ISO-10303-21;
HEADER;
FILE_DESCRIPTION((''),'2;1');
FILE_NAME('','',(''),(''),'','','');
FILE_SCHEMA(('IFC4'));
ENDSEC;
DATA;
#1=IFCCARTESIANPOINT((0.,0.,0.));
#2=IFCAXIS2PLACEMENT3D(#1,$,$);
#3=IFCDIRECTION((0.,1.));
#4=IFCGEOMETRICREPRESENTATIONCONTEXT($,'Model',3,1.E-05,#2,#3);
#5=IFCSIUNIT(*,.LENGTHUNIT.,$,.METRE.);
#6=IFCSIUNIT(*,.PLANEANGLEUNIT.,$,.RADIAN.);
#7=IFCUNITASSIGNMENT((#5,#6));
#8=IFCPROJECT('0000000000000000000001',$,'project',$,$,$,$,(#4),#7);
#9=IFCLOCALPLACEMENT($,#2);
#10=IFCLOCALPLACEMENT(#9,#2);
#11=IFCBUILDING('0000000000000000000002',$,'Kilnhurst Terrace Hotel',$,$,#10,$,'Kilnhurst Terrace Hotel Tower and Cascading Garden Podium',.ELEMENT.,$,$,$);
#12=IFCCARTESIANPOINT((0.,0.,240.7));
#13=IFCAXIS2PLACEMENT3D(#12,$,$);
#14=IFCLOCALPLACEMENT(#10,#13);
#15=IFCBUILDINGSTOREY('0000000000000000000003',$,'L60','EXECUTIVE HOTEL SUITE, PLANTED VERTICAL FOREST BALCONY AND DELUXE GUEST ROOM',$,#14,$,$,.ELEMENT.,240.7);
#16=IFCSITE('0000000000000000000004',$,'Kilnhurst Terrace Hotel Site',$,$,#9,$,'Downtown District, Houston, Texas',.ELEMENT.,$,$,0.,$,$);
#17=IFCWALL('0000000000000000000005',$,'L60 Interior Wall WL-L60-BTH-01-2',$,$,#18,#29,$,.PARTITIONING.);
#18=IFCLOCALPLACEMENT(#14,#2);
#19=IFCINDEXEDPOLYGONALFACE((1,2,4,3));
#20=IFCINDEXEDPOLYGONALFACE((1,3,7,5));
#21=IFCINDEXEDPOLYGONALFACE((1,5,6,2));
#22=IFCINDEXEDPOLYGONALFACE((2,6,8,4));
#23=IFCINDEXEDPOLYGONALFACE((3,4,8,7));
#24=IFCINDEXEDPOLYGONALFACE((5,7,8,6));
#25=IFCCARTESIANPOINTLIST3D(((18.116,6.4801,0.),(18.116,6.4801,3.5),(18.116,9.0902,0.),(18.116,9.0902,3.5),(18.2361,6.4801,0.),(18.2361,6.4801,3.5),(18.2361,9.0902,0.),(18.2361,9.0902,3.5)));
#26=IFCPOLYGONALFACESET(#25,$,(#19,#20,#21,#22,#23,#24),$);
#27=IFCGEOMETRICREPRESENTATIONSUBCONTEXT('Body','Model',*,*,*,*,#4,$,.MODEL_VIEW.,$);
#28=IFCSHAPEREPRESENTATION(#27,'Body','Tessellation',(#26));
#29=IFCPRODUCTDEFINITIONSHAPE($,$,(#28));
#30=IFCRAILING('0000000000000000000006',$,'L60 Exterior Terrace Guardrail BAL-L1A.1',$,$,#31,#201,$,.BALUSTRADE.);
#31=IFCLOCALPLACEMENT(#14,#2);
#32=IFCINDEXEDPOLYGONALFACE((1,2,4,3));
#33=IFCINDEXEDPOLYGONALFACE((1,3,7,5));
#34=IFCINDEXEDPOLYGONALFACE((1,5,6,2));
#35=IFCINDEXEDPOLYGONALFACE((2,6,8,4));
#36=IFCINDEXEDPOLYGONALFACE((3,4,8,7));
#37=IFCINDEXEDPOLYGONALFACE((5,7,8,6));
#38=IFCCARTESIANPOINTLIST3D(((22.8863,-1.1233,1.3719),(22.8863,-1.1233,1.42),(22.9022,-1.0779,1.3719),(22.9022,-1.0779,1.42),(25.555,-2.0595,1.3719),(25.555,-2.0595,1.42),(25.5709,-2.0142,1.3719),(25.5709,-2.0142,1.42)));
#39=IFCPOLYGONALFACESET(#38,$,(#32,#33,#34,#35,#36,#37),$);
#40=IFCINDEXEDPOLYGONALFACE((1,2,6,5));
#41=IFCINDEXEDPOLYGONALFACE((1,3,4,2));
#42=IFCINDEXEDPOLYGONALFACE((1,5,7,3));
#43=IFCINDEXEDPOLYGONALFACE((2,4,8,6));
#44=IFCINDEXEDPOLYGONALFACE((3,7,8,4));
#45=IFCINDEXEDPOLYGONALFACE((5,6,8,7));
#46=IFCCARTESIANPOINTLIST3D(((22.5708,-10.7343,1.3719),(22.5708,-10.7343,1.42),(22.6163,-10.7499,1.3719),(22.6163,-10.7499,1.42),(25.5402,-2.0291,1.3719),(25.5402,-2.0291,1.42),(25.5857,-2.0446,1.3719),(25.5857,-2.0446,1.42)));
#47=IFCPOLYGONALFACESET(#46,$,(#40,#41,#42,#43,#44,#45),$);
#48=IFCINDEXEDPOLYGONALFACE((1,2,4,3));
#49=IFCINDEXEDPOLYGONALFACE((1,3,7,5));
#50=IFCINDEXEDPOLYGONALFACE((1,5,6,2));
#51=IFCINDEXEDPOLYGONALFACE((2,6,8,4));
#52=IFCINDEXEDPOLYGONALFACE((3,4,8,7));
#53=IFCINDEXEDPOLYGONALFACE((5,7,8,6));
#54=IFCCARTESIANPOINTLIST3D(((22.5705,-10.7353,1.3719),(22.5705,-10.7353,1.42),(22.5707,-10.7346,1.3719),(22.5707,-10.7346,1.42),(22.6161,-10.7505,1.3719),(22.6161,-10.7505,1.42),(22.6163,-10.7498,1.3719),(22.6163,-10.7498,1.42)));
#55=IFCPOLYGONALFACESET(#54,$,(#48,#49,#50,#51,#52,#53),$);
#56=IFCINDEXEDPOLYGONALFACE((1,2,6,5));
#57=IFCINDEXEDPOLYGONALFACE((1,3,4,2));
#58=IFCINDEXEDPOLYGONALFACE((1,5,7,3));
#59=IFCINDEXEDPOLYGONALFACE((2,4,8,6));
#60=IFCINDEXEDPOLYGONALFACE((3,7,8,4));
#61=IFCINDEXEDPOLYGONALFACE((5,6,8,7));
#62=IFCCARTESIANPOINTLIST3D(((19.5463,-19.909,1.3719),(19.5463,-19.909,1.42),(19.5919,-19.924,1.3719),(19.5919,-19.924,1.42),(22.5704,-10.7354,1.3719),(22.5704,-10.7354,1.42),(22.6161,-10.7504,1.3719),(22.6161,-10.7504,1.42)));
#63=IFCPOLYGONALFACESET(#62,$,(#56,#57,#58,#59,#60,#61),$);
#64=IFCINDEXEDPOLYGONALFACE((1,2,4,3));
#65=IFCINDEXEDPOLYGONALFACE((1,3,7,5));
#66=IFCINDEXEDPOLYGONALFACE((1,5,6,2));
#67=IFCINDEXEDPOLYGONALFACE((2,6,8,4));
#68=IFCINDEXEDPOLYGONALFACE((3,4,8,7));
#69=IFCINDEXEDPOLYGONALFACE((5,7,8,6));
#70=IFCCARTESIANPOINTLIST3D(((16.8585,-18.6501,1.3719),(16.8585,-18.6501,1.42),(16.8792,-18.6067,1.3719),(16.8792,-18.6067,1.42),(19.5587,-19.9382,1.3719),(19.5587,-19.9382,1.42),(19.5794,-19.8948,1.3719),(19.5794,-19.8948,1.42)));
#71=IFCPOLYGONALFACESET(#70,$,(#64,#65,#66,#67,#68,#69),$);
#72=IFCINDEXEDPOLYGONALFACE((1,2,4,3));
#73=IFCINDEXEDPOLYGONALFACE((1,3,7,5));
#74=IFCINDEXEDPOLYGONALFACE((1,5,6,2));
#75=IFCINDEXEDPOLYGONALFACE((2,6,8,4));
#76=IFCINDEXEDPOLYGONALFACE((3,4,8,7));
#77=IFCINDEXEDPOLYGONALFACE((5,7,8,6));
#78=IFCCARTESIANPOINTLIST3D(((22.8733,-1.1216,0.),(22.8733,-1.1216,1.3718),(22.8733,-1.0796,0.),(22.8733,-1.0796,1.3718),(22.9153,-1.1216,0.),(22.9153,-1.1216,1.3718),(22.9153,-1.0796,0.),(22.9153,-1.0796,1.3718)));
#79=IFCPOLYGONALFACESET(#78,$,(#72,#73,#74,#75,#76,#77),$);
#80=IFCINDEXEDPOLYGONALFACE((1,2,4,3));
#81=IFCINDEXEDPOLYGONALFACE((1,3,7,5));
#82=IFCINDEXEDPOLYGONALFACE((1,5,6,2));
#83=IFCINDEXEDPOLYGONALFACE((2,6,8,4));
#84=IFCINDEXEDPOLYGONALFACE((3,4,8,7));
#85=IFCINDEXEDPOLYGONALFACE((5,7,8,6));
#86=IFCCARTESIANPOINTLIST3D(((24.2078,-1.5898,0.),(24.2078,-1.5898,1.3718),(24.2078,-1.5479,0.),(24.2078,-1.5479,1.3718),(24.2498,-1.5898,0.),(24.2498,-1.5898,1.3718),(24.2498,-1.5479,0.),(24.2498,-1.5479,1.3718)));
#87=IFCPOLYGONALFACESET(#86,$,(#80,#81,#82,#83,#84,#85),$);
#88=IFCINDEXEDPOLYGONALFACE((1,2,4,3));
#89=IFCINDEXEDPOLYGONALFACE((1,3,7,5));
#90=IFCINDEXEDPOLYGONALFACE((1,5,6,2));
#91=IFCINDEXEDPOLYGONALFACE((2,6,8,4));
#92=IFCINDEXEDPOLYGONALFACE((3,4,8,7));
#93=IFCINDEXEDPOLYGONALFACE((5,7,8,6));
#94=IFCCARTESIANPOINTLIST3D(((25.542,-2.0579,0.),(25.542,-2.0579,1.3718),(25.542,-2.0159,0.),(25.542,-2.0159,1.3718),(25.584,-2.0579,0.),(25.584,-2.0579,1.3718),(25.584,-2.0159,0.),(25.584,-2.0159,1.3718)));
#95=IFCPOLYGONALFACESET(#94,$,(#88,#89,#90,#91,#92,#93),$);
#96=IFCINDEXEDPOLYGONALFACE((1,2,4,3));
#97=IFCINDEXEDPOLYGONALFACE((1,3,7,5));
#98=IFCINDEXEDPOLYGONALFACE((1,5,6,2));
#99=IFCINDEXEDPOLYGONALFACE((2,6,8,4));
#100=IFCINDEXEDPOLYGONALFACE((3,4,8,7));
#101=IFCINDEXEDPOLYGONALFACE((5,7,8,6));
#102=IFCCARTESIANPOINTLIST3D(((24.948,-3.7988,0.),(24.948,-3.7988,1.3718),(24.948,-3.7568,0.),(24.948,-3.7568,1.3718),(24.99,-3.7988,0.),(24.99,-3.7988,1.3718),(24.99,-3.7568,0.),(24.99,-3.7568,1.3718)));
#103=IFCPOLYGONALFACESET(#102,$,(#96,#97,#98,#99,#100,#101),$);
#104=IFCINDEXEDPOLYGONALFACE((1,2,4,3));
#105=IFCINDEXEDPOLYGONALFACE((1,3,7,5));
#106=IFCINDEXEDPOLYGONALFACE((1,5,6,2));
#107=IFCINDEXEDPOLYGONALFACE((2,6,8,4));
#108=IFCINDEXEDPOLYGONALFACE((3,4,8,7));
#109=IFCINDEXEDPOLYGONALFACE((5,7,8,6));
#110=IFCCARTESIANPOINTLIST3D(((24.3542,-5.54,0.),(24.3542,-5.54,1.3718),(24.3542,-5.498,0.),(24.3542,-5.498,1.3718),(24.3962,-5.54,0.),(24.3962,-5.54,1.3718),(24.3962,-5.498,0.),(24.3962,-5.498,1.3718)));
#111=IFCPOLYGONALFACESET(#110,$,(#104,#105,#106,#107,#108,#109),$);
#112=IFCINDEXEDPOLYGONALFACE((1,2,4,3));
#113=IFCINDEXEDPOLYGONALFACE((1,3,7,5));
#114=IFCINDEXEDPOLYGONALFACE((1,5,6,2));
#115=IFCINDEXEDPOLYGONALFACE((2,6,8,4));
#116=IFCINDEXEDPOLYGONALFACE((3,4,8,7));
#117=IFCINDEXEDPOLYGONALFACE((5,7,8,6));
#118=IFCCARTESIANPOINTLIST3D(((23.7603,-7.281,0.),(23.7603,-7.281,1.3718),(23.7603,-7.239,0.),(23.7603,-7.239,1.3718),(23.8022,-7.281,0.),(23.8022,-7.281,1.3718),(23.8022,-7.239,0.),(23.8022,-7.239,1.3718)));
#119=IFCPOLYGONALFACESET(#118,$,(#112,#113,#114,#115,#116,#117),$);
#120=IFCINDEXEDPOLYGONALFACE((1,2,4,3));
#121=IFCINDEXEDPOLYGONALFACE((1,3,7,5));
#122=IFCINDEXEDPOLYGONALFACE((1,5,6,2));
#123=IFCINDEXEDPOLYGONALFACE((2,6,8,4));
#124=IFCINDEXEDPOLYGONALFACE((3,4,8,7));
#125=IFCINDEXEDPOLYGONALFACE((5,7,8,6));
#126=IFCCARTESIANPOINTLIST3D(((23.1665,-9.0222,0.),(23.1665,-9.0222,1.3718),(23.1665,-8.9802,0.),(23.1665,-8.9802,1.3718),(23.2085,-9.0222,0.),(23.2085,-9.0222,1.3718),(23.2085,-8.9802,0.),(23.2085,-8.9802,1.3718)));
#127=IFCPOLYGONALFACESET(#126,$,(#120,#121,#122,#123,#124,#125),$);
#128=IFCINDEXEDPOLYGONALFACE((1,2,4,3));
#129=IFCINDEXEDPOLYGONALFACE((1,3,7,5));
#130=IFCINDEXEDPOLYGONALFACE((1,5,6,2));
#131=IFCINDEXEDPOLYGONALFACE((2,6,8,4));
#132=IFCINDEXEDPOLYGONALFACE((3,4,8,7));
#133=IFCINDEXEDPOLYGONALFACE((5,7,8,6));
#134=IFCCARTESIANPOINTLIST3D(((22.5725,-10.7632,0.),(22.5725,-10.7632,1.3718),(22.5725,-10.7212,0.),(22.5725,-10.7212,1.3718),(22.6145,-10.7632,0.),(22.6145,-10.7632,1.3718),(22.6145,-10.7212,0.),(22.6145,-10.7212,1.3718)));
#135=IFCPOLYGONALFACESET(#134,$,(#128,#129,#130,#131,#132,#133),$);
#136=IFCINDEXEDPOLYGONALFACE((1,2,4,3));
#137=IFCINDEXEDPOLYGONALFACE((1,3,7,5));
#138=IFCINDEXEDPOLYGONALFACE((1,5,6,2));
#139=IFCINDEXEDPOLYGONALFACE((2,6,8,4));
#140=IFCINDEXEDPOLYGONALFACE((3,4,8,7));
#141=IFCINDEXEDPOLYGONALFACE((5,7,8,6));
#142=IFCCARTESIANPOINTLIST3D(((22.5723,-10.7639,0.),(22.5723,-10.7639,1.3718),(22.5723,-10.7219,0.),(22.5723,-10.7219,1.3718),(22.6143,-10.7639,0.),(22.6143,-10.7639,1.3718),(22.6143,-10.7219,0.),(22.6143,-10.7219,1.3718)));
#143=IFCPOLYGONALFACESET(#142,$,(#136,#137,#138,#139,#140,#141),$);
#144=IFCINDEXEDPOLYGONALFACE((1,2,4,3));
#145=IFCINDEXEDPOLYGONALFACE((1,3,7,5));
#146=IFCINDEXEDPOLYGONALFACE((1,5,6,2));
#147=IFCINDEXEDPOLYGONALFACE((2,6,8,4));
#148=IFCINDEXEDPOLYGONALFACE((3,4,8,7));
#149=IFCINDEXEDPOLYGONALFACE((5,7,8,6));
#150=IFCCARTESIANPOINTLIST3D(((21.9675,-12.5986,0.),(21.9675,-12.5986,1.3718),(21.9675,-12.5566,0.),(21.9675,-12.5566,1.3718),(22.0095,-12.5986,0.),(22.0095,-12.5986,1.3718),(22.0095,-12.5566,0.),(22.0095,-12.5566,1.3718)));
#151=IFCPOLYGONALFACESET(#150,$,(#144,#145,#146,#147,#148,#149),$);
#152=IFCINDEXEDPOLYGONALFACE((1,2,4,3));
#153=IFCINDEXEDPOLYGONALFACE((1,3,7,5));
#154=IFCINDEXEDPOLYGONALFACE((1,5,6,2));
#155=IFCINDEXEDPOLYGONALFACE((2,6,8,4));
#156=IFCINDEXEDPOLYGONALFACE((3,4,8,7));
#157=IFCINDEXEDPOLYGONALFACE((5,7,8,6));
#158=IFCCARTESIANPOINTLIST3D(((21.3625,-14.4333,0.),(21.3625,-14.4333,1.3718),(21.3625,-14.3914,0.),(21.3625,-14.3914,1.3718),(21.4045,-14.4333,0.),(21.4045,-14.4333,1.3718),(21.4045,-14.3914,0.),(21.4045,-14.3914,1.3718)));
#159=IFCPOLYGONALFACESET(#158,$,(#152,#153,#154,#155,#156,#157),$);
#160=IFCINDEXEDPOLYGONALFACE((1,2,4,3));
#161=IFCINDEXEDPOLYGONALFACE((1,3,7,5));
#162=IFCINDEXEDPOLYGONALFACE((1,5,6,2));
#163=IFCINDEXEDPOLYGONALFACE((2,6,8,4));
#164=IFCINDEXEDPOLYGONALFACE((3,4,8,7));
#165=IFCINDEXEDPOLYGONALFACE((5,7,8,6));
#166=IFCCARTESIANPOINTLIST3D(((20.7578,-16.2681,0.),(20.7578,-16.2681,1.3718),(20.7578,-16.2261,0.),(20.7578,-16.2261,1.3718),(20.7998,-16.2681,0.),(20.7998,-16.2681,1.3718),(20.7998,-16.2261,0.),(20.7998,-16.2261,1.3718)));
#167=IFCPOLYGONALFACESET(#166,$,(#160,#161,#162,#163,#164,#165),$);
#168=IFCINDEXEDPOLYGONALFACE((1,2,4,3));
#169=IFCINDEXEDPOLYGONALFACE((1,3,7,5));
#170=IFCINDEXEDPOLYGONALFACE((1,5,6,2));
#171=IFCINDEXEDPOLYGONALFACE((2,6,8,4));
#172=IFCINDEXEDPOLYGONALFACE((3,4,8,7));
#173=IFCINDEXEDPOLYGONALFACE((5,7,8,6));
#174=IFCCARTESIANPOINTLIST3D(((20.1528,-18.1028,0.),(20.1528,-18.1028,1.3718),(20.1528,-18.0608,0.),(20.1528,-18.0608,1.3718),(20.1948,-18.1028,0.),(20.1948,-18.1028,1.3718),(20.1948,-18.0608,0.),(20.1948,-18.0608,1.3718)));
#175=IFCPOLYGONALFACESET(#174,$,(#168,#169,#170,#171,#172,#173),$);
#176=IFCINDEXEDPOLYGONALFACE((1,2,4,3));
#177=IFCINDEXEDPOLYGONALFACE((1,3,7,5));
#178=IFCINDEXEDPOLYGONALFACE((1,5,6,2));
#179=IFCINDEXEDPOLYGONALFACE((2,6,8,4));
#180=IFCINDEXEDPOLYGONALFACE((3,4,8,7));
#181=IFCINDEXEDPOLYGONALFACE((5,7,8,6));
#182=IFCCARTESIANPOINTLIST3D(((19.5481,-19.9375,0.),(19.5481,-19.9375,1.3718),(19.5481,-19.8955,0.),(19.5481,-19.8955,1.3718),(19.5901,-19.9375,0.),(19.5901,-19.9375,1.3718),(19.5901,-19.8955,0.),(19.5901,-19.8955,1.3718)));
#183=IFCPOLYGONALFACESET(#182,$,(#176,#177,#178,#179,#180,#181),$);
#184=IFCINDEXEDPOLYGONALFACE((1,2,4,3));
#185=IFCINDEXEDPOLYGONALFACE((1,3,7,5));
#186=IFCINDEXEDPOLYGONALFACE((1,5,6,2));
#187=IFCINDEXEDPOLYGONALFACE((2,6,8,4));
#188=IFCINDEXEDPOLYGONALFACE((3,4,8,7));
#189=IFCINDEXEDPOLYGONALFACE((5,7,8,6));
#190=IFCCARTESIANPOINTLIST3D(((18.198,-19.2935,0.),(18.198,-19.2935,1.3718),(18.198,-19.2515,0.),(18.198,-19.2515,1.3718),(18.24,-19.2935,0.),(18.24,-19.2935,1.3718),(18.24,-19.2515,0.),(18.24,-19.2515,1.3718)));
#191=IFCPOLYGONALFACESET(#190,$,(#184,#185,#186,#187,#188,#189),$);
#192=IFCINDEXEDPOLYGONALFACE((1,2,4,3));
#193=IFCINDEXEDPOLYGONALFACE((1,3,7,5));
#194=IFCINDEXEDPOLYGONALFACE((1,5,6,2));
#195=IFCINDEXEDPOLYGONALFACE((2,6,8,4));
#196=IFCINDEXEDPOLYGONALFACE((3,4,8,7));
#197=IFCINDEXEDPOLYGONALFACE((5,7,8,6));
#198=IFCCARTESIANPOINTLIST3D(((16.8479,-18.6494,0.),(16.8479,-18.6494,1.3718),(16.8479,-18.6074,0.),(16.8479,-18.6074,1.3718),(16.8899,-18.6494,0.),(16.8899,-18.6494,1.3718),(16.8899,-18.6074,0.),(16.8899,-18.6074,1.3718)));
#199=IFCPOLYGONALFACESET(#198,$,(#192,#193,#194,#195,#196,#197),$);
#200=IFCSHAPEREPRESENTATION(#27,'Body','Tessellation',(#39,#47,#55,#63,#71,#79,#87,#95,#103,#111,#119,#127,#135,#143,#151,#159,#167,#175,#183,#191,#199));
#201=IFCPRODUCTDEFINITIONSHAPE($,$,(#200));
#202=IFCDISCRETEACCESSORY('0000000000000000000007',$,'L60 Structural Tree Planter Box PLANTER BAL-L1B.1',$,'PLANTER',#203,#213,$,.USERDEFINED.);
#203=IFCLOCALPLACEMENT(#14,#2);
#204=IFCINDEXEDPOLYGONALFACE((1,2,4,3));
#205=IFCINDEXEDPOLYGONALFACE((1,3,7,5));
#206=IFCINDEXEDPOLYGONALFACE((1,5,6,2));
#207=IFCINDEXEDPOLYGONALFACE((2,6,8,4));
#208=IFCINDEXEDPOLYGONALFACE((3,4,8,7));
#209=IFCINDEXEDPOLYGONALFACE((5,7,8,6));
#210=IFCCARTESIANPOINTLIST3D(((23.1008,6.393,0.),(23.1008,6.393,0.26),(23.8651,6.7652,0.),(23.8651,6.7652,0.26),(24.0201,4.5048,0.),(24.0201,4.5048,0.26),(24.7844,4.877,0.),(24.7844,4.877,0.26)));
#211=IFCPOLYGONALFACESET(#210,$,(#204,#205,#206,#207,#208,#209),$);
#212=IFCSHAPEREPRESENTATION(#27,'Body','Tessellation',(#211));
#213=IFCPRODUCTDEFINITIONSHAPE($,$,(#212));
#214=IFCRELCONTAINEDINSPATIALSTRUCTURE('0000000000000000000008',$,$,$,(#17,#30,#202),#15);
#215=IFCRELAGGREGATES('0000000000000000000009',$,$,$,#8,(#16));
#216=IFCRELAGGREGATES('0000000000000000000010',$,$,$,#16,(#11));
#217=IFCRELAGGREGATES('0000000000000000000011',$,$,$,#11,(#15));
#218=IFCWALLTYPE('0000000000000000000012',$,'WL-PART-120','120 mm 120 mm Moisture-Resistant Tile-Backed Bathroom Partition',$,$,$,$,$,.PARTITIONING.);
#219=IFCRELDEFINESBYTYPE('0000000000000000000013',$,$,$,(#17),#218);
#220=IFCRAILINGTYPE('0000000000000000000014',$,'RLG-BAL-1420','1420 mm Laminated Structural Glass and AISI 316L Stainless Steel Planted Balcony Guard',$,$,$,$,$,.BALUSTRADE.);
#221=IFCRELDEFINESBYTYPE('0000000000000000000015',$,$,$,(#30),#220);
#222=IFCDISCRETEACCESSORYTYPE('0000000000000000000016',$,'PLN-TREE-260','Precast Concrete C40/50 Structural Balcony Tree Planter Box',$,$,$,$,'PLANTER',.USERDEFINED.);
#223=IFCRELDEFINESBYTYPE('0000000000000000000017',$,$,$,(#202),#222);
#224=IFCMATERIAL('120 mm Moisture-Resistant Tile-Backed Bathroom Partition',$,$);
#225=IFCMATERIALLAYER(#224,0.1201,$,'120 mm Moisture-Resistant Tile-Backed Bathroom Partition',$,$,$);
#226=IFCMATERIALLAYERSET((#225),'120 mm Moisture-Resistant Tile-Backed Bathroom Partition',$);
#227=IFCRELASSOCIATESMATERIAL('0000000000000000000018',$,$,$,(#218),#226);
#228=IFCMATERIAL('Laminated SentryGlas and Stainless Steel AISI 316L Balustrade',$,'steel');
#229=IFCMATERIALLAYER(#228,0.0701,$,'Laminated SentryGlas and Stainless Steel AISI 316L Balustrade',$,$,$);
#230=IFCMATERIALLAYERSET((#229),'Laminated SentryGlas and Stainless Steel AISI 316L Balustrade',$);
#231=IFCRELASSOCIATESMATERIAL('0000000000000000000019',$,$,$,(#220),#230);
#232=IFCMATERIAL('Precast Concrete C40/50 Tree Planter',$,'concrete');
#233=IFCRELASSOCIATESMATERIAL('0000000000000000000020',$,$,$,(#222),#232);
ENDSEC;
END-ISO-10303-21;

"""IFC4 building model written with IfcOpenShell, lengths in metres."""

from ifc_helpers import new_model, si_unit, direction, frame, frame_2d, origin, origin_2d, place, context, subcontext, project, spatial, rectangle, extrude, material, layer, layer_set, type_object, element, save


model = new_model("IFC4")

# Units and contexts
model_context = context("Model", 3, precision=1e-05, world=origin(), true_north=direction((0.0, 1.0)))
body_context = subcontext(model_context, "Body", "Model", "MODEL_VIEW")
ifc_project = project(units=[si_unit("LENGTHUNIT", "METRE"), si_unit("PLANEANGLEUNIT", "RADIAN")], contexts=[model_context])

# Site, building, storey
site_placement = place(None, origin())
site = spatial("IfcSite", under=ifc_project, at=site_placement, Name="Kilnhurst Terrace Hotel Site", LongName="Downtown District, Houston, Texas", CompositionType="ELEMENT", RefElevation=0.0)
building_placement = place(site_placement, origin())
building = spatial("IfcBuilding", under=site, at=building_placement, Name="Kilnhurst Terrace Hotel", LongName="Kilnhurst Terrace Hotel Tower and Cascading Garden Podium", CompositionType="ELEMENT")
storey_placement = place(building_placement, frame((0.0, 0.0, 240.7)))
storey = spatial("IfcBuildingStorey", under=building, at=storey_placement, Name="L60", Description="EXECUTIVE HOTEL SUITE, PLANTED VERTICAL FOREST BALCONY AND DELUXE GUEST ROOM", CompositionType="ELEMENT", Elevation=240.7)

# Shared definitions
ifc_material_1 = material(Name="120 mm Moisture-Resistant Tile-Backed Bathroom Partition")
ifc_layer_1 = layer(ifc_material_1, 0.1201, Name="120 mm Moisture-Resistant Tile-Backed Bathroom Partition")
ifc_layer_set_1 = layer_set([ifc_layer_1], Name="120 mm Moisture-Resistant Tile-Backed Bathroom Partition")
wall_type_1 = type_object("IfcWallType", Name="WL-PART-120", Description="120 mm 120 mm Moisture-Resistant Tile-Backed Bathroom Partition", PredefinedType="PARTITIONING", material=ifc_layer_set_1)

# Wall
wall_1_placement = place(storey_placement, frame((18.176, 6.48, 0.0), z_axis=(0.0, 0.0, 1.0), x_axis=(0.0, 1.0, 0.0)))
element("IfcWall", 1, at=wall_1_placement, inside=storey, type_object=wall_type_1, Name="L60 Interior Wall WL-L60-BTH-01-2", PredefinedType="PARTITIONING", context=body_context, shape_type="SweptSolid", body=[
    extrude(rectangle(XDim=2.6101, YDim=0.1201, at=frame_2d((1.3052, 0.0))), origin(), (0.0, 0.0, 1.0), 3.5),
])

# Railing
ifc_material_2 = material(Name="Laminated SentryGlas and Stainless Steel AISI 316L Balustrade", Category="steel")
ifc_layer_2 = layer(ifc_material_2, 0.0701, Name="Laminated SentryGlas and Stainless Steel AISI 316L Balustrade")
ifc_layer_set_2 = layer_set([ifc_layer_2], Name="Laminated SentryGlas and Stainless Steel AISI 316L Balustrade")
railing_type = type_object("IfcRailingType", Name="RLG-BAL-1420", Description="1420 mm Laminated Structural Glass and AISI 316L Stainless Steel Planted Balcony Guard", PredefinedType="BALUSTRADE", material=ifc_layer_set_2)
railing_placement = place(storey_placement, frame((22.8943, -1.1006, 0.0)))
element("IfcRailing", 2, at=railing_placement, inside=storey, type_object=railing_type, Name="L60 Exterior Terrace Guardrail BAL-L1A.1", PredefinedType="BALUSTRADE", context=body_context, shape_type="SweptSolid", body=[
    extrude(rectangle(XDim=0.0481, YDim=0.0481, at=origin_2d()), frame((0.0, 0.0, 1.396), z_axis=(0.943612, -0.331054, 0.0), x_axis=(0.331054, 0.943612, 0.0)), (0.0, 0.0, 1.0), 2.8281),
    extrude(rectangle(XDim=0.0481, YDim=0.0481, at=origin_2d()), frame((2.6687, -0.9363, 1.396), z_axis=(-0.322845, -0.946452, 0.0), x_axis=(0.946452, -0.322845, 0.0)), (0.0, 0.0, 1.0), 9.1978),
    extrude(rectangle(XDim=0.0481, YDim=0.0481, at=origin_2d()), frame((-0.3008, -9.6416, 1.396), z_axis=(-0.316228, -0.948683, 0.0), x_axis=(0.948683, -0.316228, 0.0)), (0.0, 0.0, 1.0), 0.0007),
    extrude(rectangle(XDim=0.0481, YDim=0.0481, at=origin_2d()), frame((-0.301, -9.6423, 1.396), z_axis=(-0.313087, -0.949725, 0.0), x_axis=(0.949725, -0.313087, 0.0)), (0.0, 0.0, 1.0), 9.6592),
    extrude(rectangle(XDim=0.0481, YDim=0.0481, at=origin_2d()), frame((-3.3252, -18.8159, 1.396), z_axis=(-0.902565, 0.430554, 0.0), x_axis=(-0.430554, -0.902565, 0.0)), (0.0, 0.0, 1.0), 2.9917),
    extrude(rectangle(XDim=0.042, YDim=0.042, at=origin_2d()), origin(), (0.0, 0.0, 1.0), 1.3718),
    extrude(rectangle(XDim=0.042, YDim=0.042, at=origin_2d()), frame((1.3345, -0.4683, 0.0)), (0.0, 0.0, 1.0), 1.3718),
    extrude(rectangle(XDim=0.042, YDim=0.042, at=origin_2d()), frame((2.6687, -0.9363, 0.0)), (0.0, 0.0, 1.0), 1.3718),
    extrude(rectangle(XDim=0.042, YDim=0.042, at=origin_2d()), frame((2.0747, -2.6772, 0.0)), (0.0, 0.0, 1.0), 1.3718),
    extrude(rectangle(XDim=0.042, YDim=0.042, at=origin_2d()), frame((1.481, -4.4185, 0.0)), (0.0, 0.0, 1.0), 1.3718),
    extrude(rectangle(XDim=0.042, YDim=0.042, at=origin_2d()), frame((0.887, -6.1594, 0.0)), (0.0, 0.0, 1.0), 1.3718),
    extrude(rectangle(XDim=0.042, YDim=0.042, at=origin_2d()), frame((0.2932, -7.9006, 0.0)), (0.0, 0.0, 1.0), 1.3718),
    extrude(rectangle(XDim=0.042, YDim=0.042, at=origin_2d()), frame((-0.3008, -9.6416, 0.0)), (0.0, 0.0, 1.0), 1.3718),
    extrude(rectangle(XDim=0.042, YDim=0.042, at=origin_2d()), frame((-0.301, -9.6423, 0.0)), (0.0, 0.0, 1.0), 1.3718),
    extrude(rectangle(XDim=0.042, YDim=0.042, at=origin_2d()), frame((-0.9058, -11.4771, 0.0)), (0.0, 0.0, 1.0), 1.3718),
    extrude(rectangle(XDim=0.042, YDim=0.042, at=origin_2d()), frame((-1.5107, -13.3118, 0.0)), (0.0, 0.0, 1.0), 1.3718),
    extrude(rectangle(XDim=0.042, YDim=0.042, at=origin_2d()), frame((-2.1155, -15.1465, 0.0)), (0.0, 0.0, 1.0), 1.3718),
    extrude(rectangle(XDim=0.042, YDim=0.042, at=origin_2d()), frame((-2.7205, -16.9812, 0.0)), (0.0, 0.0, 1.0), 1.3718),
    extrude(rectangle(XDim=0.042, YDim=0.042, at=origin_2d()), frame((-3.3252, -18.8159, 0.0)), (0.0, 0.0, 1.0), 1.3718),
    extrude(rectangle(XDim=0.042, YDim=0.042, at=origin_2d()), frame((-4.6753, -18.1719, 0.0)), (0.0, 0.0, 1.0), 1.3718),
    extrude(rectangle(XDim=0.042, YDim=0.042, at=origin_2d()), frame((-6.0254, -17.5278, 0.0)), (0.0, 0.0, 1.0), 1.3718),
])

# Discrete accessory
ifc_material_3 = material(Name="Precast Concrete C40/50 Tree Planter", Category="concrete")
discrete_accessory_type = type_object("IfcDiscreteAccessoryType", Name="PLN-TREE-260", Description="Precast Concrete C40/50 Structural Balcony Tree Planter Box", ElementType="PLANTER", PredefinedType="USERDEFINED", material=ifc_material_3)
discrete_accessory_placement = place(storey_placement, frame((23.9426, 5.635, 0.0), z_axis=(0.0, 0.0, 1.0), x_axis=(-0.437744, 0.8991, 0.0)))
element("IfcDiscreteAccessory", 3, at=discrete_accessory_placement, inside=storey, type_object=discrete_accessory_type, Name="L60 Structural Tree Planter Box PLANTER BAL-L1B.1", ObjectType="PLANTER", PredefinedType="USERDEFINED", context=body_context, shape_type="SweptSolid", body=[
    extrude(rectangle(XDim=2.1001, YDim=0.8501, at=origin_2d()), origin(), (0.0, 0.0, 1.0), 0.26),
])

save(model, "model.ifc")
